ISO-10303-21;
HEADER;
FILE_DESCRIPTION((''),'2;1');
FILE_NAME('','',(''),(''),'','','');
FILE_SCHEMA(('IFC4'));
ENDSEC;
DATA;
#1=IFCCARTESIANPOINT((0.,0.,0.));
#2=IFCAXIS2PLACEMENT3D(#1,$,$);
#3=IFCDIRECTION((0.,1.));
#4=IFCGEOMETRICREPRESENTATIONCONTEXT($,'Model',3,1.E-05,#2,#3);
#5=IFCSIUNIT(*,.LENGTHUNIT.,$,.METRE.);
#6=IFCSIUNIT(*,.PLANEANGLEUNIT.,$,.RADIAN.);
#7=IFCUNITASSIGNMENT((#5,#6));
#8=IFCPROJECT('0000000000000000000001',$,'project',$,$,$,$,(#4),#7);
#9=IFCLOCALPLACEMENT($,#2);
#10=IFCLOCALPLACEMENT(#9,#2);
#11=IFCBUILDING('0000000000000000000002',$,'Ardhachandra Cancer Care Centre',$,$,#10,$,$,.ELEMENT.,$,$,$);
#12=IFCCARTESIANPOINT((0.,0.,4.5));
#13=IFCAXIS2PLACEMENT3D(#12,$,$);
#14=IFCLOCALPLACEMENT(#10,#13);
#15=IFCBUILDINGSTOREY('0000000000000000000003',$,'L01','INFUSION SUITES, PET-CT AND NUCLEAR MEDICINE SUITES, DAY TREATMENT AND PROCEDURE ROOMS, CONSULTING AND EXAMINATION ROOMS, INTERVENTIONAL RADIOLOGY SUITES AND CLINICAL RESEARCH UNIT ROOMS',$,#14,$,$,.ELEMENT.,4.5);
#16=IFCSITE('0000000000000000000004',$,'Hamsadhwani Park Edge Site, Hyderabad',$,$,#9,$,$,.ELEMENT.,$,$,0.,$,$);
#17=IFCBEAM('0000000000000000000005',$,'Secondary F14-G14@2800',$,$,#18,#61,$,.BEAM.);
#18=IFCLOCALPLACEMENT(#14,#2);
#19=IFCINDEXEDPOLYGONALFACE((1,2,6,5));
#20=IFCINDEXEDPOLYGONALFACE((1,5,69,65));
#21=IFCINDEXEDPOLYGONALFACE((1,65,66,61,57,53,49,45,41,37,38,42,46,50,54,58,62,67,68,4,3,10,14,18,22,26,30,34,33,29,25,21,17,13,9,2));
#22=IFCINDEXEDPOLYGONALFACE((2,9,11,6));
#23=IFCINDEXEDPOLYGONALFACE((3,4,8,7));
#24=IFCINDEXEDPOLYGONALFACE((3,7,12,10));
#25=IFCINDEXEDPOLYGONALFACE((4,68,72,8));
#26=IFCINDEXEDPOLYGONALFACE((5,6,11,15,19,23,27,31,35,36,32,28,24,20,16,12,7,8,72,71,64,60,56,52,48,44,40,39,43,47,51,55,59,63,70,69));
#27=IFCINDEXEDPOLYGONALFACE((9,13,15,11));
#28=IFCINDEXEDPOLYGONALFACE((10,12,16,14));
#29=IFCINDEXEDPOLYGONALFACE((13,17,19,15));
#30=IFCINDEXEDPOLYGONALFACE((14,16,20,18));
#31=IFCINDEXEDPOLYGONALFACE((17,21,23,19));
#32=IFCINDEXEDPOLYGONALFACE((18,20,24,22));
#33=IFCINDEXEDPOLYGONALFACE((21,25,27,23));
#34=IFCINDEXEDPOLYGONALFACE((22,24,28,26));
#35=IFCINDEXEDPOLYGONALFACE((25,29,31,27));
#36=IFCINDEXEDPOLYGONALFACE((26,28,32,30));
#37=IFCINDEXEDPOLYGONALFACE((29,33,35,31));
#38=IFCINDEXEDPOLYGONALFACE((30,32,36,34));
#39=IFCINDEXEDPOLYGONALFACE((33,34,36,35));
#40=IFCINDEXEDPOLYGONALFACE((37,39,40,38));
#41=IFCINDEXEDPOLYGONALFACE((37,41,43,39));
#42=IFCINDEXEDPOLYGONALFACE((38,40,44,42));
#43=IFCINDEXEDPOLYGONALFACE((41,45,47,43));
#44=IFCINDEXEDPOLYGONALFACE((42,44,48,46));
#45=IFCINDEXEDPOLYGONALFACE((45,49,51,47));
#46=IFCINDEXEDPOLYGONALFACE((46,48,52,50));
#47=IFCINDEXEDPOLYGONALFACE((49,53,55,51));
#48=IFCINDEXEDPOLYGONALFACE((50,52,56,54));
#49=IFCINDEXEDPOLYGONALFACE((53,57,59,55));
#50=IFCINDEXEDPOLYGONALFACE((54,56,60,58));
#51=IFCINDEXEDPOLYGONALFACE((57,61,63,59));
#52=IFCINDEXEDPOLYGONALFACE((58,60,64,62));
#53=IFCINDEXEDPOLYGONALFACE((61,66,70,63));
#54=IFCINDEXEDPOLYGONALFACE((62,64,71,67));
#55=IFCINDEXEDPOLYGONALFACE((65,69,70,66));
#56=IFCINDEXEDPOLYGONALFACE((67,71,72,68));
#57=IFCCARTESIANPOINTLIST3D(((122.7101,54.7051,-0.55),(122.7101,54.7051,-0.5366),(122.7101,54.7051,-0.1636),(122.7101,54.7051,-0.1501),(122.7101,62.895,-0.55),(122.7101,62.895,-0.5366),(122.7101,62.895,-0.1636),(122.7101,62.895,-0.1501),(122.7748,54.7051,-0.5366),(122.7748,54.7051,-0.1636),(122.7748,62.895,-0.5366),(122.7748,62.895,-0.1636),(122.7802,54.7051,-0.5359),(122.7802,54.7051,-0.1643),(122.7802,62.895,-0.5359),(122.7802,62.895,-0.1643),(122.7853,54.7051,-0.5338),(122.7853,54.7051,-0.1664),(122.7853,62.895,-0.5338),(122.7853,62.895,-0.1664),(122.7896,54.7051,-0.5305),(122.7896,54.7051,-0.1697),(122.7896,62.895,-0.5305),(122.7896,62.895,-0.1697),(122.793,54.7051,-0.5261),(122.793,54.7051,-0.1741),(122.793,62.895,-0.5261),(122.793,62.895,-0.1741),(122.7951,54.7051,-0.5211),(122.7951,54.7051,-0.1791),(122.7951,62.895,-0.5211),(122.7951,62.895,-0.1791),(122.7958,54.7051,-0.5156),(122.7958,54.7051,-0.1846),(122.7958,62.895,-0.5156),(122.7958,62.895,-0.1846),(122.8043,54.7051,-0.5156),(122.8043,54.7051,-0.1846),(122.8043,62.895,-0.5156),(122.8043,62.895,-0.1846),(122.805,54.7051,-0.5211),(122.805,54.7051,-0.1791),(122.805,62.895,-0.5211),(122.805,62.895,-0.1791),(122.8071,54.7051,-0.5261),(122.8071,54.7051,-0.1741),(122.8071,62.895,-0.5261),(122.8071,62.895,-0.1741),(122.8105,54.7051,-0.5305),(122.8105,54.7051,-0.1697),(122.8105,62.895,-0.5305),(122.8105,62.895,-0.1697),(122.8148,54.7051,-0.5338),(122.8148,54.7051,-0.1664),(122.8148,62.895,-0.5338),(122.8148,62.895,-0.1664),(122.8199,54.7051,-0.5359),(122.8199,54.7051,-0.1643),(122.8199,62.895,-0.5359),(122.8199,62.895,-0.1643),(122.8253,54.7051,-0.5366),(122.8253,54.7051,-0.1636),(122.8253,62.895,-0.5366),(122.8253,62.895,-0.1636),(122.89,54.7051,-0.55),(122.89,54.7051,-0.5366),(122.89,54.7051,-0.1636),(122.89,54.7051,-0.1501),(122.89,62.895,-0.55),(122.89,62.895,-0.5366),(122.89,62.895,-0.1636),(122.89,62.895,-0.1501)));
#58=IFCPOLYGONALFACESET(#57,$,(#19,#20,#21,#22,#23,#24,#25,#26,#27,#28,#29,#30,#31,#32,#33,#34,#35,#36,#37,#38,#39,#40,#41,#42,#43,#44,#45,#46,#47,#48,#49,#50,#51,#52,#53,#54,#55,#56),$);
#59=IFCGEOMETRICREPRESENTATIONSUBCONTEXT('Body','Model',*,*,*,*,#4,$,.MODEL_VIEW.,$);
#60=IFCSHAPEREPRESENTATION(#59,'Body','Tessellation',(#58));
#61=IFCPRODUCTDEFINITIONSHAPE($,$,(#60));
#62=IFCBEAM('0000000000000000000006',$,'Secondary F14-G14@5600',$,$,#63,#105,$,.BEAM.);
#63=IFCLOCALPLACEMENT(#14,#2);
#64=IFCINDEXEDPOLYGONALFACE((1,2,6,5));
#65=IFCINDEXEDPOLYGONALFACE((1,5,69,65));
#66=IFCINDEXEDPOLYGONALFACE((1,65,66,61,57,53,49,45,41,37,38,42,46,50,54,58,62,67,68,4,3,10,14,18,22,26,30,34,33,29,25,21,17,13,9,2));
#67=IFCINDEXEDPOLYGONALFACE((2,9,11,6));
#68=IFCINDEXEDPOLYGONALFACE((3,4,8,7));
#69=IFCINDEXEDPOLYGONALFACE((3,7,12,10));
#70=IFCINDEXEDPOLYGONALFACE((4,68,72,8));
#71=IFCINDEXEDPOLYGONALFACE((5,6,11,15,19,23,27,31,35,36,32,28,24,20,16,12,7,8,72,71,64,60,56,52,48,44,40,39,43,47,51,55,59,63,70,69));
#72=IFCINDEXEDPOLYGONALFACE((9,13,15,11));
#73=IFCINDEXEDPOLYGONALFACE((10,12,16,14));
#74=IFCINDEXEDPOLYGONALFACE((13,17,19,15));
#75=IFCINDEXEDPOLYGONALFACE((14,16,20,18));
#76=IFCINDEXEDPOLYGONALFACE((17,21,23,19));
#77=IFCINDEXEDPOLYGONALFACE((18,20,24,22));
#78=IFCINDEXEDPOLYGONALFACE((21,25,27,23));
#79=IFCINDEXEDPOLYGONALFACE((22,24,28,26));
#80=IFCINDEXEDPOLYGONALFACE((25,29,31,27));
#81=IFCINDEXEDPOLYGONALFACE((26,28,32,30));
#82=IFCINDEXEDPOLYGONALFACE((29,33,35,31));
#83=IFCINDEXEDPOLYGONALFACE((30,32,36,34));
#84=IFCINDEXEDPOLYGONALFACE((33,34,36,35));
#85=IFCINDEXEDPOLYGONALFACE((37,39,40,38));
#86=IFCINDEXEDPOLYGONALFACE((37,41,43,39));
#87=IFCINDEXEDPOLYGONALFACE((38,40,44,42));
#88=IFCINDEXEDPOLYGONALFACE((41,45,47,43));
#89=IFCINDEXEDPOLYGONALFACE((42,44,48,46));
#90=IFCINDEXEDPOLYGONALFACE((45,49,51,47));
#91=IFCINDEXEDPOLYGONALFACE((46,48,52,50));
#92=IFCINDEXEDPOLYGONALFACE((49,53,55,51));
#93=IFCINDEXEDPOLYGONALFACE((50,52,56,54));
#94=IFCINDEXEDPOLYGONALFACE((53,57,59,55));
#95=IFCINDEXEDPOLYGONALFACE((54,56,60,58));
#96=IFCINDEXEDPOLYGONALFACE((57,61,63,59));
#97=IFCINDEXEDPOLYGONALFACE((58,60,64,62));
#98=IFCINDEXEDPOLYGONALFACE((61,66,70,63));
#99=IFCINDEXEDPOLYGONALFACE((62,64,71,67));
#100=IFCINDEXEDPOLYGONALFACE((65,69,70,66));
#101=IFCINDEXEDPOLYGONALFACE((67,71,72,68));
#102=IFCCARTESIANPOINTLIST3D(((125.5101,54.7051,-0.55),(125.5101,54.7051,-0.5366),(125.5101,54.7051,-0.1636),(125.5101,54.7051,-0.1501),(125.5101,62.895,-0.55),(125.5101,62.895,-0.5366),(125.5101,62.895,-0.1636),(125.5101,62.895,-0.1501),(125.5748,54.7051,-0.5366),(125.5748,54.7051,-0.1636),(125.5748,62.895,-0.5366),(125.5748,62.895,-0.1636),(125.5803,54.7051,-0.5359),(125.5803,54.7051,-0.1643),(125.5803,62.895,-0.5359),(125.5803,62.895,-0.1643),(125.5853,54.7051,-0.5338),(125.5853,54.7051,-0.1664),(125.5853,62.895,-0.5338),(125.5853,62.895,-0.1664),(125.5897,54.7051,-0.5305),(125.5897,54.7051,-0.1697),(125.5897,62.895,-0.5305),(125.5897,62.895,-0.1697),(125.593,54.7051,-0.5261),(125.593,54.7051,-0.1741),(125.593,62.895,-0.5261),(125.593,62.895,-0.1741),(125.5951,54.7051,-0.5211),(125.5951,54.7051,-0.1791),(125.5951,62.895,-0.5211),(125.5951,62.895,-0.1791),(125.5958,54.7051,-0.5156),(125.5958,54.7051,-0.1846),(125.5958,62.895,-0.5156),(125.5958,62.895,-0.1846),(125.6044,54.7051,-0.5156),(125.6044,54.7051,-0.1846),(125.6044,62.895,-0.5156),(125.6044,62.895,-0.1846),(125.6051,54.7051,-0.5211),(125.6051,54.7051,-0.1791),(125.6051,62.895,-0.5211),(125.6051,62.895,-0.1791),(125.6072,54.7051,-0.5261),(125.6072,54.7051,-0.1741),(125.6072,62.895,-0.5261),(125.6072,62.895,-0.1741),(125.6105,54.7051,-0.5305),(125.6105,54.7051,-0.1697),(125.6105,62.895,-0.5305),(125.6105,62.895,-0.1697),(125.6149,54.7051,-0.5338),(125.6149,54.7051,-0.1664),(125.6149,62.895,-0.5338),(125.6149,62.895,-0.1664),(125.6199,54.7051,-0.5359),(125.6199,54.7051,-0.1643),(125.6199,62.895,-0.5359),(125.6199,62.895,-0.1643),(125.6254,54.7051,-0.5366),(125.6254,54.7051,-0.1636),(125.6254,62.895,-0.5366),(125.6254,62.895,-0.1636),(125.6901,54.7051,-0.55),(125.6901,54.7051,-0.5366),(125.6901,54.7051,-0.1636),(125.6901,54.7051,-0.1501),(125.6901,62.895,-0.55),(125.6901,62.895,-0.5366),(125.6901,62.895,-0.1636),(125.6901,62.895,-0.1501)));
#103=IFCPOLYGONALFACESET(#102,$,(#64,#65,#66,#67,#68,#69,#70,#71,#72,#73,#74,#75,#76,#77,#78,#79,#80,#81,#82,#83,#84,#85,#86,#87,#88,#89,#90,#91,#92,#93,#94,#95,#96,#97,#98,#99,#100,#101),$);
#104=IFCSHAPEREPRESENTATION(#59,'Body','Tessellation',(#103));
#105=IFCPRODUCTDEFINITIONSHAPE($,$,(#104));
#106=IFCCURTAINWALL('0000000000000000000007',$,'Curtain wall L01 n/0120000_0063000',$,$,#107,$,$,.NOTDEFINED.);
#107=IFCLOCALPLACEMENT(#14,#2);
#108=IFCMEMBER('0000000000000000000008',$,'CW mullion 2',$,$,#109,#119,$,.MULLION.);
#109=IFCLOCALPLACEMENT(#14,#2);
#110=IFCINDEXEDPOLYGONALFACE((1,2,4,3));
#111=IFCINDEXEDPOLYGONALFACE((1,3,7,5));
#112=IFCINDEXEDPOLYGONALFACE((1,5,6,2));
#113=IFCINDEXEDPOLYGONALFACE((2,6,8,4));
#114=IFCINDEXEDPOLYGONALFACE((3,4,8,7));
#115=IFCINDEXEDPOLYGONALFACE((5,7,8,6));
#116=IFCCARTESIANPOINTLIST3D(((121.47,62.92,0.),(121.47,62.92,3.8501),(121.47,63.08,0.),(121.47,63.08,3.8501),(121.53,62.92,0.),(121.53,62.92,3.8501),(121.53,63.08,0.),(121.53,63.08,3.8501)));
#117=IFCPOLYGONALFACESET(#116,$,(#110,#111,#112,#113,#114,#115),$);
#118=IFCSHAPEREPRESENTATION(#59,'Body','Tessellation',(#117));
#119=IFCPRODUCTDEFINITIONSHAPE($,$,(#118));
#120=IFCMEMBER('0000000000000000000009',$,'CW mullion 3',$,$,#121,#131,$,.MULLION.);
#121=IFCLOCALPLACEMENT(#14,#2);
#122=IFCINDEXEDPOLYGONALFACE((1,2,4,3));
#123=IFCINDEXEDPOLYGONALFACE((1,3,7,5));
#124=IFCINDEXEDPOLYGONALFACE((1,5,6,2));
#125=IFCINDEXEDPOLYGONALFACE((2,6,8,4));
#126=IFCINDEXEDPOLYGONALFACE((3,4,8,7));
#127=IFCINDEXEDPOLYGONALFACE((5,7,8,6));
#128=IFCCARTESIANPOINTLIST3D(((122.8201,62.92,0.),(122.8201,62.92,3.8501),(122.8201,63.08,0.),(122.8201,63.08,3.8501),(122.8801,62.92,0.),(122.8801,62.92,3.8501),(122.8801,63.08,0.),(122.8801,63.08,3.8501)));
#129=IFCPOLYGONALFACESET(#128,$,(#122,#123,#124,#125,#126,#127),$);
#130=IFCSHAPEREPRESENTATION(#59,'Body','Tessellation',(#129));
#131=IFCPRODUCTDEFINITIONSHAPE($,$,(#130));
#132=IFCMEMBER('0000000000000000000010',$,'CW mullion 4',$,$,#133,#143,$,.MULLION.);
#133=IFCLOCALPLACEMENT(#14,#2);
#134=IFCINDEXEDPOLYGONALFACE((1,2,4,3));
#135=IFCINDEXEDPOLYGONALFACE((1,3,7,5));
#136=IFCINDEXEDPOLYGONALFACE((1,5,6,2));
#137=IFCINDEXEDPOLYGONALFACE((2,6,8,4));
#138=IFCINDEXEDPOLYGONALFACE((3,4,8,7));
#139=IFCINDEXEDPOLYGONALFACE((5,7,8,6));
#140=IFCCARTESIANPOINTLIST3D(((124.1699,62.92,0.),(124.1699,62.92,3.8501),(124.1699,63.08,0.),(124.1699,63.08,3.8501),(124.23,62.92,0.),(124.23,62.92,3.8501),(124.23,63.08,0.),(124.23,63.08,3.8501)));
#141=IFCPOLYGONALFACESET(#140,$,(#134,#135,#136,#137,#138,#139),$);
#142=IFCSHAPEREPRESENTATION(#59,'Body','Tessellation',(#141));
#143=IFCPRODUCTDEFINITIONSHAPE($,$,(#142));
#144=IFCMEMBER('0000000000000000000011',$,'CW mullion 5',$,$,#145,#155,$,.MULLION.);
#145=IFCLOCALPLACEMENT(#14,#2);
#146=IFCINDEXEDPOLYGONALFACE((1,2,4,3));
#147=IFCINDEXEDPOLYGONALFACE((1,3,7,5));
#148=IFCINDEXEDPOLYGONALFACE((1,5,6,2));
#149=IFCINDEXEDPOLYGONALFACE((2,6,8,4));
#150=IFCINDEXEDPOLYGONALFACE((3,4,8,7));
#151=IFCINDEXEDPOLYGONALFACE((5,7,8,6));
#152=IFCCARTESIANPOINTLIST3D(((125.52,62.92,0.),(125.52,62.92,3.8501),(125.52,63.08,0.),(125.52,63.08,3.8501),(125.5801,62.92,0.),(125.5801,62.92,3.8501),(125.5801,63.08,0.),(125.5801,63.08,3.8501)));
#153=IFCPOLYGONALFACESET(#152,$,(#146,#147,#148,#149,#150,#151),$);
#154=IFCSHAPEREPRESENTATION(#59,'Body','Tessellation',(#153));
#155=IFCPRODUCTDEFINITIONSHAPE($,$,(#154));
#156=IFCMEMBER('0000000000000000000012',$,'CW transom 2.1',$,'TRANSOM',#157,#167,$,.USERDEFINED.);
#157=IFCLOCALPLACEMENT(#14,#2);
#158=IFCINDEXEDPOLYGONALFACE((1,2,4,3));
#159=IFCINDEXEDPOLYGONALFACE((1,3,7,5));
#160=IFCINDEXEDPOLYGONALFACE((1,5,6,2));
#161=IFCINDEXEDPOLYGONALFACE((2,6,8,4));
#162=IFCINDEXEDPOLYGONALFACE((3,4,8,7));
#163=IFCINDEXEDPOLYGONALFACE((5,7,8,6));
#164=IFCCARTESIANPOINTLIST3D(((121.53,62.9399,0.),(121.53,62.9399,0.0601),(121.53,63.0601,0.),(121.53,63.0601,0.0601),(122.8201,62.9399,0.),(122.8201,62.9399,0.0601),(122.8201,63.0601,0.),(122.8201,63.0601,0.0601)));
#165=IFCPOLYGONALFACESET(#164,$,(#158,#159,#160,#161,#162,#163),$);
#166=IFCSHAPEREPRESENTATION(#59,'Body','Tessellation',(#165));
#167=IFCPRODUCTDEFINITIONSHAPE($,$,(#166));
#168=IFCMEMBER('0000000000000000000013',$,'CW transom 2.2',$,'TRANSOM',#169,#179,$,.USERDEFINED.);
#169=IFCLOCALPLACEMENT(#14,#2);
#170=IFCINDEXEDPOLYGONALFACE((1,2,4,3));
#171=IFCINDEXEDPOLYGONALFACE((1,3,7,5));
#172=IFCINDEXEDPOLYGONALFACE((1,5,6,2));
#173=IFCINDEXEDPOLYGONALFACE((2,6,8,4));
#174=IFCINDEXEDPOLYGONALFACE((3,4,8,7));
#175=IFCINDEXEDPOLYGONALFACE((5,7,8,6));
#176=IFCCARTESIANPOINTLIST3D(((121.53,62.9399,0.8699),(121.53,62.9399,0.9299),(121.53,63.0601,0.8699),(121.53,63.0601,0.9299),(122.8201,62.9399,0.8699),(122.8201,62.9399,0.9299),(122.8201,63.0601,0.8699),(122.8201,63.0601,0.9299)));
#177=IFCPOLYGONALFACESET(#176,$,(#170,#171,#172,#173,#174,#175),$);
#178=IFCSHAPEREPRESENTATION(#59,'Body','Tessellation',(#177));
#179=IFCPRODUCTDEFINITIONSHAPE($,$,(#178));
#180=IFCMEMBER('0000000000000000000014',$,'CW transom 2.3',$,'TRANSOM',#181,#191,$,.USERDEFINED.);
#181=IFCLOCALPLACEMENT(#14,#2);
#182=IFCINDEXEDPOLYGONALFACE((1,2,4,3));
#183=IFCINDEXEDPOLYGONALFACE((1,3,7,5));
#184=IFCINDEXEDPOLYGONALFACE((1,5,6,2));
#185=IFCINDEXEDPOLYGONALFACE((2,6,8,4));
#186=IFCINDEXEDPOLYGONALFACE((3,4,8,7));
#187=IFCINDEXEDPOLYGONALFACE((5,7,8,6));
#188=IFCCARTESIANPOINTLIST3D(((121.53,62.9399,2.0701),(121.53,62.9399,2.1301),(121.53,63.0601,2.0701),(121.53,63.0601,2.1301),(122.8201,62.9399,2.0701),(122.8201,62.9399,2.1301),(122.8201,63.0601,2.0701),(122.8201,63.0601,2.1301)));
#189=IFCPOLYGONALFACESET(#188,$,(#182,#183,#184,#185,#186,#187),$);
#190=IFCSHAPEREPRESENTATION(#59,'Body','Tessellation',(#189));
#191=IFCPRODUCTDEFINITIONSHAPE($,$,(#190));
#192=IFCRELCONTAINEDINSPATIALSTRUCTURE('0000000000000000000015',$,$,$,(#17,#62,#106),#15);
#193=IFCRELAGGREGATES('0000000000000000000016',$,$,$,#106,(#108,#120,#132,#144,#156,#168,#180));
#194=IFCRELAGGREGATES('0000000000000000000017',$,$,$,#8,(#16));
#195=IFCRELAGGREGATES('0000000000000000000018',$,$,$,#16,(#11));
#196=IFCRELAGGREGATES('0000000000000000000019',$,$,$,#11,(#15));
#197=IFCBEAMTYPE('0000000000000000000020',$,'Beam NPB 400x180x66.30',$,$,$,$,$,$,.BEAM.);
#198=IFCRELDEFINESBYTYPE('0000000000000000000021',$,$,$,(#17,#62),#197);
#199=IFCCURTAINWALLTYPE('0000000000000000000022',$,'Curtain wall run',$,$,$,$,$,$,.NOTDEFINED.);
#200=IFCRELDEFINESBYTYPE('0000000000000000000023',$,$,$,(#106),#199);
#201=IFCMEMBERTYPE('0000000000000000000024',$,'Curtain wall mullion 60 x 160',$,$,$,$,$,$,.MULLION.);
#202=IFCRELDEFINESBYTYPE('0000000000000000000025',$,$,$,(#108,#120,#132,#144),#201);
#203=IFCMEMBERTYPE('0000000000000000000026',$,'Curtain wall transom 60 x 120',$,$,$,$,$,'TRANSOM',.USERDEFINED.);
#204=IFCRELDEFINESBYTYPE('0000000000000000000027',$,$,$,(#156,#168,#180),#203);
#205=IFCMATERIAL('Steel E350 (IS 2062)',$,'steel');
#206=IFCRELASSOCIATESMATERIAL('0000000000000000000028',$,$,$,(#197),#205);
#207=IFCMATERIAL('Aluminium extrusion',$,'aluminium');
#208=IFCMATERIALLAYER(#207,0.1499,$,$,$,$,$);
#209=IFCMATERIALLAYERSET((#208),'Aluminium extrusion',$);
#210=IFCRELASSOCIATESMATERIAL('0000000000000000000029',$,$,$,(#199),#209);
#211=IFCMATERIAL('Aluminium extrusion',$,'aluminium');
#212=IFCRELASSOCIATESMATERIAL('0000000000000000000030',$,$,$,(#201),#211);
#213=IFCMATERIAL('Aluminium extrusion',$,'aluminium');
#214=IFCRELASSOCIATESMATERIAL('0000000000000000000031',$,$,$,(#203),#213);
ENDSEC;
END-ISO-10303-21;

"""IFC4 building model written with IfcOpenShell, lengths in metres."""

from ifc_helpers import new_model, si_unit, direction, frame, origin, origin_2d, place, context, subcontext, project, spatial, rectangle, i_section, extrude, material, layer, layer_set, material_profile, profile_set, type_object, element, aggregate, save


model = new_model("IFC4")

# Units and contexts
model_context = context("Model", 3, precision=1e-05, world=origin(), true_north=direction((0.0, 1.0)))
body_context = subcontext(model_context, "Body", "Model", "MODEL_VIEW")
ifc_project = project(units=[si_unit("LENGTHUNIT", "METRE"), si_unit("PLANEANGLEUNIT", "RADIAN")], contexts=[model_context])

# Site, building, storey
site_placement = place(None, origin())
site = spatial("IfcSite", under=ifc_project, at=site_placement, Name="Hamsadhwani Park Edge Site, Hyderabad", CompositionType="ELEMENT", RefElevation=0.0)
building_placement = place(site_placement, origin())
building = spatial("IfcBuilding", under=site, at=building_placement, Name="Ardhachandra Cancer Care Centre", CompositionType="ELEMENT")
storey_placement = place(building_placement, frame((0.0, 0.0, 4.5)))
storey = spatial("IfcBuildingStorey", under=building, at=storey_placement, Name="L01", Description="INFUSION SUITES, PET-CT AND NUCLEAR MEDICINE SUITES, DAY TREATMENT AND PROCEDURE ROOMS, CONSULTING AND EXAMINATION ROOMS, INTERVENTIONAL RADIOLOGY SUITES AND CLINICAL RESEARCH UNIT ROOMS", CompositionType="ELEMENT", Elevation=4.5)

# Beams
ifc_material_1 = material(Name="Steel E350 (IS 2062)", Category="steel")
ifc_material_profile_1 = material_profile(ifc_material_1, i_section(OverallWidth=0.1799, OverallDepth=0.3999, WebThickness=0.0085, FlangeThickness=0.0134, FilletRadius=0.021, at=origin_2d()), Name="NPB 400x180x66.30")
ifc_profile_set_1 = profile_set([ifc_material_profile_1], Name="Steel E350 (IS 2062)")
beam_type = type_object("IfcBeamType", Name="Beam NPB 400x180x66.30", PredefinedType="BEAM", material=ifc_profile_set_1)
for number, where, z_axis, x_axis, name in (
    (1, (122.8, 54.7051, -0.3501), (0.0, 1.0, 0.0), (-1.0, 0.0, 0.0), "Secondary F14-G14@2800"),
    (2, (125.6001, 54.7051, -0.3501), (0.0, 1.0, 0.0), (-1.0, 0.0, 0.0), "Secondary F14-G14@5600"),
):
    element("IfcBeam", number, at=place(storey_placement, frame(where, z_axis=z_axis, x_axis=x_axis)), inside=storey, type_object=beam_type, Name=name, PredefinedType="BEAM", context=body_context, shape_type="SweptSolid", body=[
        extrude(i_section(OverallWidth=0.1799, OverallDepth=0.3999, WebThickness=0.0085, FlangeThickness=0.0134, FilletRadius=0.021, at=origin_2d()), origin(), (0.0, 0.0, 1.0), 8.1899),
    ])

# Curtain wall, members
ifc_material_2 = material(Name="Aluminium extrusion", Category="aluminium")
ifc_layer_1 = layer(ifc_material_2, 0.1499)
ifc_layer_set_1 = layer_set([ifc_layer_1], Name="Aluminium extrusion")
curtain_wall_type = type_object("IfcCurtainWallType", Name="Curtain wall run", PredefinedType="NOTDEFINED", material=ifc_layer_set_1)
curtain_wall_1_placement = place(storey_placement, origin())
curtain_wall_1 = element("IfcCurtainWall", 3, at=curtain_wall_1_placement, inside=storey, type_object=curtain_wall_type, Name="Curtain wall L01 n/0120000_0063000", PredefinedType="NOTDEFINED")
ifc_material_3 = material(Name="Aluminium extrusion", Category="aluminium")
ifc_material_profile_2 = material_profile(ifc_material_3, rectangle(XDim=0.1599, YDim=0.0601, at=origin_2d()), Name="Curtain wall mullion 60 x 160")
ifc_profile_set_2 = profile_set([ifc_material_profile_2], Name="Aluminium extrusion")
member_type_1 = type_object("IfcMemberType", Name="Curtain wall mullion 60 x 160", PredefinedType="MULLION", material=ifc_profile_set_2)
member_1_placement = place(storey_placement, frame((121.5, 63.0, 0.0), z_axis=(0.0, 0.0, 1.0), x_axis=(0.0, 1.0, 0.0)))
member_1 = element("IfcMember", 4, at=member_1_placement, type_object=member_type_1, Name="CW mullion 2", PredefinedType="MULLION", context=body_context, shape_type="SweptSolid", body=[
    extrude(rectangle(XDim=0.1599, YDim=0.0601, at=origin_2d()), origin(), (0.0, 0.0, 1.0), 3.8501),
])
member_2_placement = place(storey_placement, frame((122.8501, 63.0, 0.0), z_axis=(0.0, 0.0, 1.0), x_axis=(0.0, 1.0, 0.0)))
member_2 = element("IfcMember", 5, at=member_2_placement, type_object=member_type_1, Name="CW mullion 3", PredefinedType="MULLION", context=body_context, shape_type="SweptSolid", body=[
    extrude(rectangle(XDim=0.1599, YDim=0.0601, at=origin_2d()), origin(), (0.0, 0.0, 1.0), 3.8501),
])
member_3_placement = place(storey_placement, frame((124.2, 63.0, 0.0), z_axis=(0.0, 0.0, 1.0), x_axis=(0.0, 1.0, 0.0)))
member_3 = element("IfcMember", 6, at=member_3_placement, type_object=member_type_1, Name="CW mullion 4", PredefinedType="MULLION", context=body_context, shape_type="SweptSolid", body=[
    extrude(rectangle(XDim=0.1599, YDim=0.0601, at=origin_2d()), origin(), (0.0, 0.0, 1.0), 3.8501),
])
member_4_placement = place(storey_placement, frame((125.55, 63.0, 0.0), z_axis=(0.0, 0.0, 1.0), x_axis=(0.0, 1.0, 0.0)))
member_4 = element("IfcMember", 7, at=member_4_placement, type_object=member_type_1, Name="CW mullion 5", PredefinedType="MULLION", context=body_context, shape_type="SweptSolid", body=[
    extrude(rectangle(XDim=0.1599, YDim=0.0601, at=origin_2d()), origin(), (0.0, 0.0, 1.0), 3.8501),
])
ifc_material_4 = material(Name="Aluminium extrusion", Category="aluminium")
ifc_material_profile_3 = material_profile(ifc_material_4, rectangle(XDim=0.1201, YDim=0.0601, at=origin_2d()), Name="Curtain wall transom 60 x 120")
ifc_profile_set_3 = profile_set([ifc_material_profile_3], Name="Aluminium extrusion")
member_type_2 = type_object("IfcMemberType", Name="Curtain wall transom 60 x 120", ElementType="TRANSOM", PredefinedType="USERDEFINED", material=ifc_profile_set_3)
member_5_placement = place(storey_placement, frame((121.53, 63.0, 0.03), z_axis=(1.0, 0.0, 0.0), x_axis=(0.0, 1.0, 0.0)))
member_5 = element("IfcMember", 8, at=member_5_placement, type_object=member_type_2, Name="CW transom 2.1", ObjectType="TRANSOM", PredefinedType="USERDEFINED", context=body_context, shape_type="SweptSolid", body=[
    extrude(rectangle(XDim=0.1201, YDim=0.0601, at=origin_2d()), origin(), (0.0, 0.0, 1.0), 1.29),
])
member_6_placement = place(storey_placement, frame((121.53, 63.0, 0.8999), z_axis=(1.0, 0.0, 0.0), x_axis=(0.0, 1.0, 0.0)))
member_6 = element("IfcMember", 9, at=member_6_placement, type_object=member_type_2, Name="CW transom 2.2", ObjectType="TRANSOM", PredefinedType="USERDEFINED", context=body_context, shape_type="SweptSolid", body=[
    extrude(rectangle(XDim=0.1201, YDim=0.0601, at=origin_2d()), origin(), (0.0, 0.0, 1.0), 1.29),
])
member_7_placement = place(storey_placement, frame((121.53, 63.0, 2.1001), z_axis=(1.0, 0.0, 0.0), x_axis=(0.0, 1.0, 0.0)))
member_7 = element("IfcMember", 10, at=member_7_placement, type_object=member_type_2, Name="CW transom 2.3", ObjectType="TRANSOM", PredefinedType="USERDEFINED", context=body_context, shape_type="SweptSolid", body=[
    extrude(rectangle(XDim=0.1201, YDim=0.0601, at=origin_2d()), origin(), (0.0, 0.0, 1.0), 1.29),
])

aggregate(curtain_wall_1, [member_1, member_2, member_3, member_4, member_5, member_6, member_7])

save(model, "model.ifc")
